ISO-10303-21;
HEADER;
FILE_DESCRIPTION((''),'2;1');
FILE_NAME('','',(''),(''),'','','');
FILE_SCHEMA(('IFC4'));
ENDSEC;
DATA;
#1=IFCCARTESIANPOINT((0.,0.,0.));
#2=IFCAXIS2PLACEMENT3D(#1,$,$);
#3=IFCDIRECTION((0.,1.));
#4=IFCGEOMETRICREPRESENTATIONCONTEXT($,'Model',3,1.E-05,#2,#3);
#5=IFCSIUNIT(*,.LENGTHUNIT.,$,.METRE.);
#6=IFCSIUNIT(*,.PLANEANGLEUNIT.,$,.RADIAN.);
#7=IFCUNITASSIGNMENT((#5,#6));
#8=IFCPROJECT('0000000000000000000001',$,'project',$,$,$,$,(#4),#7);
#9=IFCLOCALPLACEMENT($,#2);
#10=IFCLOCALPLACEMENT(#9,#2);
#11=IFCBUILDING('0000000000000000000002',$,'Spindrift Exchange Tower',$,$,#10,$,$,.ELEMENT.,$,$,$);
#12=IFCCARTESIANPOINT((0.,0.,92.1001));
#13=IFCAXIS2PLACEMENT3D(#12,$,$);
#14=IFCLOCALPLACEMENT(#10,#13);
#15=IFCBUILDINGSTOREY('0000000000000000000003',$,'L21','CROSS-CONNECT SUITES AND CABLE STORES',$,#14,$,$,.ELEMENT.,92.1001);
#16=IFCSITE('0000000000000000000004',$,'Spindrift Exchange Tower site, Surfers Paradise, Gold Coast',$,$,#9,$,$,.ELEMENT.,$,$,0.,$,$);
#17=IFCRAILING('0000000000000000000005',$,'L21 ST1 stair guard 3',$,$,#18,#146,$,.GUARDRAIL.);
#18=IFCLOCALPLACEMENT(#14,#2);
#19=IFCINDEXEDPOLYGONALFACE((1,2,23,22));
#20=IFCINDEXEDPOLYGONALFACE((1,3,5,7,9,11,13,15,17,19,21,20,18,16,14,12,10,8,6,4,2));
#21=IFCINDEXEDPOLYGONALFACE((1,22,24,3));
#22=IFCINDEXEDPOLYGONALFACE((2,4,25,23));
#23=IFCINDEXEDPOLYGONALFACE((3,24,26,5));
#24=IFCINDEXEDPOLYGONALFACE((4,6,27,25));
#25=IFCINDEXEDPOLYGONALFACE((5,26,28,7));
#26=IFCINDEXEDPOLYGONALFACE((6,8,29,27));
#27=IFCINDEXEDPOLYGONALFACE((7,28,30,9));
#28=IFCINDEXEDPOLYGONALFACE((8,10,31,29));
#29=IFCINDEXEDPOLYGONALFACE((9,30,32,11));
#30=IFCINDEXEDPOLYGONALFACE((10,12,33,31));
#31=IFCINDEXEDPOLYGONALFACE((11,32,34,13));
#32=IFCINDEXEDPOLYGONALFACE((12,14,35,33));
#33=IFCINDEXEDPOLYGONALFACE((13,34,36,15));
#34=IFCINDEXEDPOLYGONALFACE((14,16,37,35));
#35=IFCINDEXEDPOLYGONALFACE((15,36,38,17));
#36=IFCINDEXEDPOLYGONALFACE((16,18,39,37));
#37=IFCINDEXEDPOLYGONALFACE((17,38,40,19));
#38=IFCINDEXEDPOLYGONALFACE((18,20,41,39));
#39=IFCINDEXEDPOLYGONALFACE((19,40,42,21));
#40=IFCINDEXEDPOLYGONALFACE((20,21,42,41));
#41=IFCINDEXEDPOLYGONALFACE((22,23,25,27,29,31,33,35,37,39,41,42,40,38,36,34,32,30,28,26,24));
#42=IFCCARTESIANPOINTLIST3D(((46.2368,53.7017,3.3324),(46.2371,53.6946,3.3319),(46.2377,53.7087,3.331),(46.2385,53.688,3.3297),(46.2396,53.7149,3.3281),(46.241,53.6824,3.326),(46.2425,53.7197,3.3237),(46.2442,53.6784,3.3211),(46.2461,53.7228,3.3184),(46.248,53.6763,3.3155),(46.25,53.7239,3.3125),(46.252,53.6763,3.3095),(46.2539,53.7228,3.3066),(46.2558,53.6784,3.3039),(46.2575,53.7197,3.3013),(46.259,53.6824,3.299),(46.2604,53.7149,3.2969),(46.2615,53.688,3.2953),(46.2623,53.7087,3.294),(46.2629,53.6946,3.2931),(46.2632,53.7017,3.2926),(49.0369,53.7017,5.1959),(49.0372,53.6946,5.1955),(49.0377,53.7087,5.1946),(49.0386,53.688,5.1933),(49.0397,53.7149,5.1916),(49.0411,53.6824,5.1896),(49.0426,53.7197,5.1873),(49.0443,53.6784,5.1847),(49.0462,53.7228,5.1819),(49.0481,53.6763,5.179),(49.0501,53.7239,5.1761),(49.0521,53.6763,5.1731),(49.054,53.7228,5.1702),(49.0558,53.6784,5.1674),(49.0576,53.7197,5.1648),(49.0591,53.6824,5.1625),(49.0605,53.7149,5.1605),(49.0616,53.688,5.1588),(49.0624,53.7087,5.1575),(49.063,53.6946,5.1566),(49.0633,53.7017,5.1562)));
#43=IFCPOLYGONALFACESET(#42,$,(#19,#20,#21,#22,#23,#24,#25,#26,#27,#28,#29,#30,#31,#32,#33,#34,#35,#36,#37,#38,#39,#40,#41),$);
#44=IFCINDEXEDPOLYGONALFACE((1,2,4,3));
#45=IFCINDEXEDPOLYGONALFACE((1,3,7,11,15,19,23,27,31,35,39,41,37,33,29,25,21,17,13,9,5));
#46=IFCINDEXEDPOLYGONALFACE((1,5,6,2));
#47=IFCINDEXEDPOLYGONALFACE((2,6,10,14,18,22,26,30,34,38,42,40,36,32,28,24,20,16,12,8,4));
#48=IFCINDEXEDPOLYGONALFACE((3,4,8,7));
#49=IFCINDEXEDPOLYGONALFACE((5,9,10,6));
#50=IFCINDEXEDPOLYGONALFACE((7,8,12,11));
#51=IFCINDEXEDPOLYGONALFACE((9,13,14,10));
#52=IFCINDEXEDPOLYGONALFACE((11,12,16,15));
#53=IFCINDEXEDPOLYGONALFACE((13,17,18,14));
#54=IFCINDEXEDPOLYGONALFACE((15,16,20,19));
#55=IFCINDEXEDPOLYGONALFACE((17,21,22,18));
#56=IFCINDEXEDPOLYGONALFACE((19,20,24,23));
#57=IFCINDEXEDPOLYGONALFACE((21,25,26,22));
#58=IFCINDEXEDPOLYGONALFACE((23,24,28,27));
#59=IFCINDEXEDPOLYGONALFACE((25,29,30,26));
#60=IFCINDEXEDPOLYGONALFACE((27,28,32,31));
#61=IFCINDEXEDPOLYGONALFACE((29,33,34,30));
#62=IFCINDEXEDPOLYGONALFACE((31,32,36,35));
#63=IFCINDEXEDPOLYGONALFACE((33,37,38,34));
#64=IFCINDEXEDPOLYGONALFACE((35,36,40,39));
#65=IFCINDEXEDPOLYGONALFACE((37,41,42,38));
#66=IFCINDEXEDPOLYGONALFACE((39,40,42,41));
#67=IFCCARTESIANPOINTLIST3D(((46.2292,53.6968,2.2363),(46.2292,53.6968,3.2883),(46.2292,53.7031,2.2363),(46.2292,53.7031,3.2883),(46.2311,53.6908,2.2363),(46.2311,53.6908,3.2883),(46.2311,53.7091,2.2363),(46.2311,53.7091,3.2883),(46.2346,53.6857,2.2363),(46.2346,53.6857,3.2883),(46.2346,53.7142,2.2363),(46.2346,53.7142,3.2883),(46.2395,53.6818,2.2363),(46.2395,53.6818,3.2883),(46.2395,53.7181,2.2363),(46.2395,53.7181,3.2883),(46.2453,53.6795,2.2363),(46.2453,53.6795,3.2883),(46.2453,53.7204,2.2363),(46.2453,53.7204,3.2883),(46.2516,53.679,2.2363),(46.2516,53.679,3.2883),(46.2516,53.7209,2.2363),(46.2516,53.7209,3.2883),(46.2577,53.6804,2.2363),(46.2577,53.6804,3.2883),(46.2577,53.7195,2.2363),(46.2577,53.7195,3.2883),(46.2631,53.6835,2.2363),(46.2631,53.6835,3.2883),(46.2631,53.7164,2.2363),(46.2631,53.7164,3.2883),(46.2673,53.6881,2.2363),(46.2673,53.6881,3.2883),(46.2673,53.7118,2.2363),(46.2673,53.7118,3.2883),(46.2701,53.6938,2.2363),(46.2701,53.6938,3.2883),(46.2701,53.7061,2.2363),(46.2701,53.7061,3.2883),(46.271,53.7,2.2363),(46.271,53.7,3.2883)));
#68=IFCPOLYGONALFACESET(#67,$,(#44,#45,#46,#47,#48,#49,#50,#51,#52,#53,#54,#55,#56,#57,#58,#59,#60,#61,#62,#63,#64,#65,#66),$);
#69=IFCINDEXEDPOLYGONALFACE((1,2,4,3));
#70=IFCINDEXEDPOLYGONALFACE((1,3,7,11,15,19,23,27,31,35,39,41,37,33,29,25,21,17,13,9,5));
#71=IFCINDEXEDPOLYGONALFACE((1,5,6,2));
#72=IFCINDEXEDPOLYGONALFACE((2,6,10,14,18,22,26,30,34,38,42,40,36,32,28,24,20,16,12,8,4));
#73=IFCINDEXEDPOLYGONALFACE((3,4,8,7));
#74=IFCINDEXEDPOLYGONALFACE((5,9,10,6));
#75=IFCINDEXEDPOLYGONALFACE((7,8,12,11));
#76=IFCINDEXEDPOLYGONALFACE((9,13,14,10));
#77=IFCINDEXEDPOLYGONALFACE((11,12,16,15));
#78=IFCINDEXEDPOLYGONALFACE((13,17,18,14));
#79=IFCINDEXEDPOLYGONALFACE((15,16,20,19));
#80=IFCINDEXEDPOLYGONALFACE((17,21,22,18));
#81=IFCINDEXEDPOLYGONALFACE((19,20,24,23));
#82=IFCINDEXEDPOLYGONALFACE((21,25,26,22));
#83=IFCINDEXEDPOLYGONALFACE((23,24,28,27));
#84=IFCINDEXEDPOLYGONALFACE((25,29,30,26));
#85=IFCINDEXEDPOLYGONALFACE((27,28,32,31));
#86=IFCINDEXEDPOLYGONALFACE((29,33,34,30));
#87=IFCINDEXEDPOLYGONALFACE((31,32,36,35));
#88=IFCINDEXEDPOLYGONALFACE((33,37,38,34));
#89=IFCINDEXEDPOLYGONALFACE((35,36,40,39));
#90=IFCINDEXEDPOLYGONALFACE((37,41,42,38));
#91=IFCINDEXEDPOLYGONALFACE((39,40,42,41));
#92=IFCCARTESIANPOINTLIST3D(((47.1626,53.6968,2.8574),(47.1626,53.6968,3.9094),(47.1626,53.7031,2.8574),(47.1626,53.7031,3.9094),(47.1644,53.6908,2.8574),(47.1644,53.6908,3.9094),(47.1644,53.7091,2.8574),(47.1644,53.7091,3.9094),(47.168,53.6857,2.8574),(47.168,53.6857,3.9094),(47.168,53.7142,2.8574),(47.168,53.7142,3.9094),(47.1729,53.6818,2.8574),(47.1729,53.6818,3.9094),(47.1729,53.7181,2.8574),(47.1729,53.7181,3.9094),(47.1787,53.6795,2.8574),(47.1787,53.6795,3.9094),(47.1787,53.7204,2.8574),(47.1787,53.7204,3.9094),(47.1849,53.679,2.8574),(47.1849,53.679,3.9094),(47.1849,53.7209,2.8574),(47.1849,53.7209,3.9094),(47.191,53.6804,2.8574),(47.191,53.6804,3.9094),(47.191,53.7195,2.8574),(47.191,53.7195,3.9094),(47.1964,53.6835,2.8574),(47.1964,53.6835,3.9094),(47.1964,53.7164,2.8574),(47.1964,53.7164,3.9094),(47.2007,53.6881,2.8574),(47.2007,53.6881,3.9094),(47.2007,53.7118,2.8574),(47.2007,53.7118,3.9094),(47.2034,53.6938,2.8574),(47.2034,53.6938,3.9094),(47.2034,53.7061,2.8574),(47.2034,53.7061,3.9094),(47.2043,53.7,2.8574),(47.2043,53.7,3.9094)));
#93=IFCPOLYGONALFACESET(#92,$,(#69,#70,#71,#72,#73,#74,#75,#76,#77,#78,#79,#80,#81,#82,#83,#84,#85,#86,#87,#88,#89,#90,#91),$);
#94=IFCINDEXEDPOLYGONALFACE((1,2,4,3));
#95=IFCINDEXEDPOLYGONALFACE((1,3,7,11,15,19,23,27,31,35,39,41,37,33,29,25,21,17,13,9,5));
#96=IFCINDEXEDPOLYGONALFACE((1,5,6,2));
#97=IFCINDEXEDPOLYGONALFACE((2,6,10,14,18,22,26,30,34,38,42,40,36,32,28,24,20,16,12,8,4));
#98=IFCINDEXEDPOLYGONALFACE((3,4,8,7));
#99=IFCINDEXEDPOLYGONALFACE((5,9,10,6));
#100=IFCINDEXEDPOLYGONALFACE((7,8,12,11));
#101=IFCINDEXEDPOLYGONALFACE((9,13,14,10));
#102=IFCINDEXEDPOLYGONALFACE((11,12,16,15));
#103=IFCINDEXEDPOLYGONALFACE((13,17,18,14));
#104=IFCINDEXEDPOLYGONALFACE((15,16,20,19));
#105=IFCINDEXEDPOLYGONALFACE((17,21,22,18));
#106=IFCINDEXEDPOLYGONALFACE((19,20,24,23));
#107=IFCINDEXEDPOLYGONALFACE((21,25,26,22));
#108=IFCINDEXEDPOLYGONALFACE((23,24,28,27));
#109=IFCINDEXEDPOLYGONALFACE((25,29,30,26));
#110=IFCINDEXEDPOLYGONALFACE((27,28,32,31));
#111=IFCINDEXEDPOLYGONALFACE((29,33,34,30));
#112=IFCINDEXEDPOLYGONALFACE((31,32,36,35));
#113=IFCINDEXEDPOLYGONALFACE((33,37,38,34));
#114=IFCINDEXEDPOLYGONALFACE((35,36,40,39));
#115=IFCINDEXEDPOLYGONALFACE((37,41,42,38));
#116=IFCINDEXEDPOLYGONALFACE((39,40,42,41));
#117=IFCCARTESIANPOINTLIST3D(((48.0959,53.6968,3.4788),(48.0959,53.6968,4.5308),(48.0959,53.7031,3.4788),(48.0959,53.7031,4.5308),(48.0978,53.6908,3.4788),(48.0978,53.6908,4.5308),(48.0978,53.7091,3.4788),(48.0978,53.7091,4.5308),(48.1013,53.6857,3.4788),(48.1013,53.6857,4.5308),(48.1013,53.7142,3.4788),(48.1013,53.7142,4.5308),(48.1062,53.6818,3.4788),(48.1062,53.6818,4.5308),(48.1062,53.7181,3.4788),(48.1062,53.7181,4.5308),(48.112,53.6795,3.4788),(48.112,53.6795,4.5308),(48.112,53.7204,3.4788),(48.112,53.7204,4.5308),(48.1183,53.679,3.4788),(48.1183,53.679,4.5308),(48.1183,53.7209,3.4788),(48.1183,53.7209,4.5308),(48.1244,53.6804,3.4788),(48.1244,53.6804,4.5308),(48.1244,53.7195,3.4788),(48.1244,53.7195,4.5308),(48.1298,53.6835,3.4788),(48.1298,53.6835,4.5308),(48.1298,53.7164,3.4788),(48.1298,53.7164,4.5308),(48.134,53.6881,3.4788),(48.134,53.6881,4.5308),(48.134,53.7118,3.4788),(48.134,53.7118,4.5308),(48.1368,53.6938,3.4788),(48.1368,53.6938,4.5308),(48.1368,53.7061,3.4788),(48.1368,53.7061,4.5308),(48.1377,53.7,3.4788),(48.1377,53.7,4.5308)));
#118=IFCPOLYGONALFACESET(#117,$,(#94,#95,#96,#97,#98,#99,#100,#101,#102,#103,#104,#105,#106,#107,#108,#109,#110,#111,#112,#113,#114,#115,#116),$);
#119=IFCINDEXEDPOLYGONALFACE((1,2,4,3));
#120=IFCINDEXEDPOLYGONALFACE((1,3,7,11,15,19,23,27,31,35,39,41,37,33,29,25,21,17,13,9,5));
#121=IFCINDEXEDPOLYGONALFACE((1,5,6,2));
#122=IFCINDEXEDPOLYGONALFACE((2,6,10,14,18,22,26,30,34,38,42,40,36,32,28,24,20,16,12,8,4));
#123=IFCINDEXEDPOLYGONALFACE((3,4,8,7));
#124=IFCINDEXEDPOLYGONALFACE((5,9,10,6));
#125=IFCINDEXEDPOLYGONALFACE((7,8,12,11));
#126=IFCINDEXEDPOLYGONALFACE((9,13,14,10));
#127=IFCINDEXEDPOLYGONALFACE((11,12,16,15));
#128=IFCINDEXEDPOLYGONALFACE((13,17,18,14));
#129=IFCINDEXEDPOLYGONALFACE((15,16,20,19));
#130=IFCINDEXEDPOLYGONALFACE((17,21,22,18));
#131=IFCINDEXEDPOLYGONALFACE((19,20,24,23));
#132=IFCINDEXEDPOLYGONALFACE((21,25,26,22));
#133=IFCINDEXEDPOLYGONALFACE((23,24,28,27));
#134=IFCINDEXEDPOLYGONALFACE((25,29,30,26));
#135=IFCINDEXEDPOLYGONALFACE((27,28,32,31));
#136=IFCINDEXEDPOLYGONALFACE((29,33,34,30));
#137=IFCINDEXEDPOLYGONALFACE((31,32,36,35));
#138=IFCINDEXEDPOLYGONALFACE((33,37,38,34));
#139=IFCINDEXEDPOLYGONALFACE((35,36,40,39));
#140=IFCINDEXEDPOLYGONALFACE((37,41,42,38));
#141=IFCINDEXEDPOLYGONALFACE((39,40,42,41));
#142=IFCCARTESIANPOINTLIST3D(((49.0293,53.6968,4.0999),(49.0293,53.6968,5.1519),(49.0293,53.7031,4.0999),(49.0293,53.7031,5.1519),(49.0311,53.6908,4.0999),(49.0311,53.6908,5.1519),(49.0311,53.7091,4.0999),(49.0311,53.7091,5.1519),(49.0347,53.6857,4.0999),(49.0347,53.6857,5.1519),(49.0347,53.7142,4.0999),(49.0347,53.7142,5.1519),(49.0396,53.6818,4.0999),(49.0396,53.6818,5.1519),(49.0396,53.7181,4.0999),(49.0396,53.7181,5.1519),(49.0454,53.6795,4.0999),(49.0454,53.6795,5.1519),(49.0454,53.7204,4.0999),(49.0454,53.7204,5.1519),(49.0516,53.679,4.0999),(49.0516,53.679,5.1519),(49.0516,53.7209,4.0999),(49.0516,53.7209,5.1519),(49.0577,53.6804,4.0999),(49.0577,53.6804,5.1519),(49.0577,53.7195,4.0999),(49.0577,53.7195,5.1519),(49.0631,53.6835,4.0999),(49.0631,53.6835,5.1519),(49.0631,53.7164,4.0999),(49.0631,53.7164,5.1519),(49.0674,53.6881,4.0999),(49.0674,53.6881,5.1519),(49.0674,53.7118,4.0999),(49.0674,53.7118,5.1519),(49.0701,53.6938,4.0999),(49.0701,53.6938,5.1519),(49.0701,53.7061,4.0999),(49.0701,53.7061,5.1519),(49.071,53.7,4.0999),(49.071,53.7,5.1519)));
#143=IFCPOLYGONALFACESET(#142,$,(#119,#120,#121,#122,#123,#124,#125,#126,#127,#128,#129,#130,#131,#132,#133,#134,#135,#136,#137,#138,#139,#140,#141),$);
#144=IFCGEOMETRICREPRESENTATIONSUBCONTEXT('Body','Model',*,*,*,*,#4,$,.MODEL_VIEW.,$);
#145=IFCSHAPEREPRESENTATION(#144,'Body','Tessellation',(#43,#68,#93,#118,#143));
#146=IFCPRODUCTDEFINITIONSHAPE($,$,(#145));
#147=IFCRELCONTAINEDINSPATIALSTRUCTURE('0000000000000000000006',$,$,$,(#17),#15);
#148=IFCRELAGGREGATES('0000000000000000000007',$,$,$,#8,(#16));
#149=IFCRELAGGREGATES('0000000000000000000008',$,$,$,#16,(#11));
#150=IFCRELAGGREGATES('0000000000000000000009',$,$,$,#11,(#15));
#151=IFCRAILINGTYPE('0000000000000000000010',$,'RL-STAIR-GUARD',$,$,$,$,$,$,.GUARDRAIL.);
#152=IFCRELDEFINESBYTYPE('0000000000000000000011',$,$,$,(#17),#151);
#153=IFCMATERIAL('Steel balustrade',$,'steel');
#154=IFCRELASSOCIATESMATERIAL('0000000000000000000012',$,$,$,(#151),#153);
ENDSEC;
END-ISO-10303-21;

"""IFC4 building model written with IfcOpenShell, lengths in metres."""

from ifc_helpers import new_model, si_unit, direction, frame, origin, origin_2d, place, context, subcontext, project, spatial, circle, extrude, material, type_object, element, save


model = new_model("IFC4")

# Units and contexts
model_context = context("Model", 3, precision=1e-05, world=origin(), true_north=direction((0.0, 1.0)))
body_context = subcontext(model_context, "Body", "Model", "MODEL_VIEW")
ifc_project = project(units=[si_unit("LENGTHUNIT", "METRE"), si_unit("PLANEANGLEUNIT", "RADIAN")], contexts=[model_context])

# Site, building, storey
site_placement = place(None, origin())
site = spatial("IfcSite", under=ifc_project, at=site_placement, Name="Spindrift Exchange Tower site, Surfers Paradise, Gold Coast", CompositionType="ELEMENT", RefElevation=0.0)
building_placement = place(site_placement, origin())
building = spatial("IfcBuilding", under=site, at=building_placement, Name="Spindrift Exchange Tower", CompositionType="ELEMENT")
storey_placement = place(building_placement, frame((0.0, 0.0, 92.1001)))
storey = spatial("IfcBuildingStorey", under=building, at=storey_placement, Name="L21", Description="CROSS-CONNECT SUITES AND CABLE STORES", CompositionType="ELEMENT", Elevation=92.1001)

# Railing
ifc_material_1 = material(Name="Steel balustrade", Category="steel")
railing_type_1 = type_object("IfcRailingType", Name="RL-STAIR-GUARD", PredefinedType="GUARDRAIL", material=ifc_material_1)
railing_1_placement = place(storey_placement, frame((46.25, 53.7, 2.2363)))
element("IfcRailing", 1, at=railing_1_placement, inside=storey, type_object=railing_type_1, Name="L21 ST1 stair guard 3", PredefinedType="GUARDRAIL", context=body_context, shape_type="SweptSolid", body=[
    extrude(circle(Radius=0.0239, at=origin_2d()), frame((0.0, 0.0, 1.0762), z_axis=(0.832486, 0.0, 0.554047), x_axis=(0.0, 1.0, 0.0)), (0.0, 0.0, 1.0), 3.3635),
    extrude(circle(Radius=0.021, at=origin_2d()), origin(), (0.0, 0.0, 1.0), 1.052),
    extrude(circle(Radius=0.021, at=origin_2d()), frame((0.9333, 0.0, 0.6211)), (0.0, 0.0, 1.0), 1.052),
    extrude(circle(Radius=0.021, at=origin_2d()), frame((1.8667, 0.0, 1.2424)), (0.0, 0.0, 1.0), 1.052),
    extrude(circle(Radius=0.021, at=origin_2d()), frame((2.8, 0.0, 1.8635)), (0.0, 0.0, 1.0), 1.052),
])

save(model, "model.ifc")
